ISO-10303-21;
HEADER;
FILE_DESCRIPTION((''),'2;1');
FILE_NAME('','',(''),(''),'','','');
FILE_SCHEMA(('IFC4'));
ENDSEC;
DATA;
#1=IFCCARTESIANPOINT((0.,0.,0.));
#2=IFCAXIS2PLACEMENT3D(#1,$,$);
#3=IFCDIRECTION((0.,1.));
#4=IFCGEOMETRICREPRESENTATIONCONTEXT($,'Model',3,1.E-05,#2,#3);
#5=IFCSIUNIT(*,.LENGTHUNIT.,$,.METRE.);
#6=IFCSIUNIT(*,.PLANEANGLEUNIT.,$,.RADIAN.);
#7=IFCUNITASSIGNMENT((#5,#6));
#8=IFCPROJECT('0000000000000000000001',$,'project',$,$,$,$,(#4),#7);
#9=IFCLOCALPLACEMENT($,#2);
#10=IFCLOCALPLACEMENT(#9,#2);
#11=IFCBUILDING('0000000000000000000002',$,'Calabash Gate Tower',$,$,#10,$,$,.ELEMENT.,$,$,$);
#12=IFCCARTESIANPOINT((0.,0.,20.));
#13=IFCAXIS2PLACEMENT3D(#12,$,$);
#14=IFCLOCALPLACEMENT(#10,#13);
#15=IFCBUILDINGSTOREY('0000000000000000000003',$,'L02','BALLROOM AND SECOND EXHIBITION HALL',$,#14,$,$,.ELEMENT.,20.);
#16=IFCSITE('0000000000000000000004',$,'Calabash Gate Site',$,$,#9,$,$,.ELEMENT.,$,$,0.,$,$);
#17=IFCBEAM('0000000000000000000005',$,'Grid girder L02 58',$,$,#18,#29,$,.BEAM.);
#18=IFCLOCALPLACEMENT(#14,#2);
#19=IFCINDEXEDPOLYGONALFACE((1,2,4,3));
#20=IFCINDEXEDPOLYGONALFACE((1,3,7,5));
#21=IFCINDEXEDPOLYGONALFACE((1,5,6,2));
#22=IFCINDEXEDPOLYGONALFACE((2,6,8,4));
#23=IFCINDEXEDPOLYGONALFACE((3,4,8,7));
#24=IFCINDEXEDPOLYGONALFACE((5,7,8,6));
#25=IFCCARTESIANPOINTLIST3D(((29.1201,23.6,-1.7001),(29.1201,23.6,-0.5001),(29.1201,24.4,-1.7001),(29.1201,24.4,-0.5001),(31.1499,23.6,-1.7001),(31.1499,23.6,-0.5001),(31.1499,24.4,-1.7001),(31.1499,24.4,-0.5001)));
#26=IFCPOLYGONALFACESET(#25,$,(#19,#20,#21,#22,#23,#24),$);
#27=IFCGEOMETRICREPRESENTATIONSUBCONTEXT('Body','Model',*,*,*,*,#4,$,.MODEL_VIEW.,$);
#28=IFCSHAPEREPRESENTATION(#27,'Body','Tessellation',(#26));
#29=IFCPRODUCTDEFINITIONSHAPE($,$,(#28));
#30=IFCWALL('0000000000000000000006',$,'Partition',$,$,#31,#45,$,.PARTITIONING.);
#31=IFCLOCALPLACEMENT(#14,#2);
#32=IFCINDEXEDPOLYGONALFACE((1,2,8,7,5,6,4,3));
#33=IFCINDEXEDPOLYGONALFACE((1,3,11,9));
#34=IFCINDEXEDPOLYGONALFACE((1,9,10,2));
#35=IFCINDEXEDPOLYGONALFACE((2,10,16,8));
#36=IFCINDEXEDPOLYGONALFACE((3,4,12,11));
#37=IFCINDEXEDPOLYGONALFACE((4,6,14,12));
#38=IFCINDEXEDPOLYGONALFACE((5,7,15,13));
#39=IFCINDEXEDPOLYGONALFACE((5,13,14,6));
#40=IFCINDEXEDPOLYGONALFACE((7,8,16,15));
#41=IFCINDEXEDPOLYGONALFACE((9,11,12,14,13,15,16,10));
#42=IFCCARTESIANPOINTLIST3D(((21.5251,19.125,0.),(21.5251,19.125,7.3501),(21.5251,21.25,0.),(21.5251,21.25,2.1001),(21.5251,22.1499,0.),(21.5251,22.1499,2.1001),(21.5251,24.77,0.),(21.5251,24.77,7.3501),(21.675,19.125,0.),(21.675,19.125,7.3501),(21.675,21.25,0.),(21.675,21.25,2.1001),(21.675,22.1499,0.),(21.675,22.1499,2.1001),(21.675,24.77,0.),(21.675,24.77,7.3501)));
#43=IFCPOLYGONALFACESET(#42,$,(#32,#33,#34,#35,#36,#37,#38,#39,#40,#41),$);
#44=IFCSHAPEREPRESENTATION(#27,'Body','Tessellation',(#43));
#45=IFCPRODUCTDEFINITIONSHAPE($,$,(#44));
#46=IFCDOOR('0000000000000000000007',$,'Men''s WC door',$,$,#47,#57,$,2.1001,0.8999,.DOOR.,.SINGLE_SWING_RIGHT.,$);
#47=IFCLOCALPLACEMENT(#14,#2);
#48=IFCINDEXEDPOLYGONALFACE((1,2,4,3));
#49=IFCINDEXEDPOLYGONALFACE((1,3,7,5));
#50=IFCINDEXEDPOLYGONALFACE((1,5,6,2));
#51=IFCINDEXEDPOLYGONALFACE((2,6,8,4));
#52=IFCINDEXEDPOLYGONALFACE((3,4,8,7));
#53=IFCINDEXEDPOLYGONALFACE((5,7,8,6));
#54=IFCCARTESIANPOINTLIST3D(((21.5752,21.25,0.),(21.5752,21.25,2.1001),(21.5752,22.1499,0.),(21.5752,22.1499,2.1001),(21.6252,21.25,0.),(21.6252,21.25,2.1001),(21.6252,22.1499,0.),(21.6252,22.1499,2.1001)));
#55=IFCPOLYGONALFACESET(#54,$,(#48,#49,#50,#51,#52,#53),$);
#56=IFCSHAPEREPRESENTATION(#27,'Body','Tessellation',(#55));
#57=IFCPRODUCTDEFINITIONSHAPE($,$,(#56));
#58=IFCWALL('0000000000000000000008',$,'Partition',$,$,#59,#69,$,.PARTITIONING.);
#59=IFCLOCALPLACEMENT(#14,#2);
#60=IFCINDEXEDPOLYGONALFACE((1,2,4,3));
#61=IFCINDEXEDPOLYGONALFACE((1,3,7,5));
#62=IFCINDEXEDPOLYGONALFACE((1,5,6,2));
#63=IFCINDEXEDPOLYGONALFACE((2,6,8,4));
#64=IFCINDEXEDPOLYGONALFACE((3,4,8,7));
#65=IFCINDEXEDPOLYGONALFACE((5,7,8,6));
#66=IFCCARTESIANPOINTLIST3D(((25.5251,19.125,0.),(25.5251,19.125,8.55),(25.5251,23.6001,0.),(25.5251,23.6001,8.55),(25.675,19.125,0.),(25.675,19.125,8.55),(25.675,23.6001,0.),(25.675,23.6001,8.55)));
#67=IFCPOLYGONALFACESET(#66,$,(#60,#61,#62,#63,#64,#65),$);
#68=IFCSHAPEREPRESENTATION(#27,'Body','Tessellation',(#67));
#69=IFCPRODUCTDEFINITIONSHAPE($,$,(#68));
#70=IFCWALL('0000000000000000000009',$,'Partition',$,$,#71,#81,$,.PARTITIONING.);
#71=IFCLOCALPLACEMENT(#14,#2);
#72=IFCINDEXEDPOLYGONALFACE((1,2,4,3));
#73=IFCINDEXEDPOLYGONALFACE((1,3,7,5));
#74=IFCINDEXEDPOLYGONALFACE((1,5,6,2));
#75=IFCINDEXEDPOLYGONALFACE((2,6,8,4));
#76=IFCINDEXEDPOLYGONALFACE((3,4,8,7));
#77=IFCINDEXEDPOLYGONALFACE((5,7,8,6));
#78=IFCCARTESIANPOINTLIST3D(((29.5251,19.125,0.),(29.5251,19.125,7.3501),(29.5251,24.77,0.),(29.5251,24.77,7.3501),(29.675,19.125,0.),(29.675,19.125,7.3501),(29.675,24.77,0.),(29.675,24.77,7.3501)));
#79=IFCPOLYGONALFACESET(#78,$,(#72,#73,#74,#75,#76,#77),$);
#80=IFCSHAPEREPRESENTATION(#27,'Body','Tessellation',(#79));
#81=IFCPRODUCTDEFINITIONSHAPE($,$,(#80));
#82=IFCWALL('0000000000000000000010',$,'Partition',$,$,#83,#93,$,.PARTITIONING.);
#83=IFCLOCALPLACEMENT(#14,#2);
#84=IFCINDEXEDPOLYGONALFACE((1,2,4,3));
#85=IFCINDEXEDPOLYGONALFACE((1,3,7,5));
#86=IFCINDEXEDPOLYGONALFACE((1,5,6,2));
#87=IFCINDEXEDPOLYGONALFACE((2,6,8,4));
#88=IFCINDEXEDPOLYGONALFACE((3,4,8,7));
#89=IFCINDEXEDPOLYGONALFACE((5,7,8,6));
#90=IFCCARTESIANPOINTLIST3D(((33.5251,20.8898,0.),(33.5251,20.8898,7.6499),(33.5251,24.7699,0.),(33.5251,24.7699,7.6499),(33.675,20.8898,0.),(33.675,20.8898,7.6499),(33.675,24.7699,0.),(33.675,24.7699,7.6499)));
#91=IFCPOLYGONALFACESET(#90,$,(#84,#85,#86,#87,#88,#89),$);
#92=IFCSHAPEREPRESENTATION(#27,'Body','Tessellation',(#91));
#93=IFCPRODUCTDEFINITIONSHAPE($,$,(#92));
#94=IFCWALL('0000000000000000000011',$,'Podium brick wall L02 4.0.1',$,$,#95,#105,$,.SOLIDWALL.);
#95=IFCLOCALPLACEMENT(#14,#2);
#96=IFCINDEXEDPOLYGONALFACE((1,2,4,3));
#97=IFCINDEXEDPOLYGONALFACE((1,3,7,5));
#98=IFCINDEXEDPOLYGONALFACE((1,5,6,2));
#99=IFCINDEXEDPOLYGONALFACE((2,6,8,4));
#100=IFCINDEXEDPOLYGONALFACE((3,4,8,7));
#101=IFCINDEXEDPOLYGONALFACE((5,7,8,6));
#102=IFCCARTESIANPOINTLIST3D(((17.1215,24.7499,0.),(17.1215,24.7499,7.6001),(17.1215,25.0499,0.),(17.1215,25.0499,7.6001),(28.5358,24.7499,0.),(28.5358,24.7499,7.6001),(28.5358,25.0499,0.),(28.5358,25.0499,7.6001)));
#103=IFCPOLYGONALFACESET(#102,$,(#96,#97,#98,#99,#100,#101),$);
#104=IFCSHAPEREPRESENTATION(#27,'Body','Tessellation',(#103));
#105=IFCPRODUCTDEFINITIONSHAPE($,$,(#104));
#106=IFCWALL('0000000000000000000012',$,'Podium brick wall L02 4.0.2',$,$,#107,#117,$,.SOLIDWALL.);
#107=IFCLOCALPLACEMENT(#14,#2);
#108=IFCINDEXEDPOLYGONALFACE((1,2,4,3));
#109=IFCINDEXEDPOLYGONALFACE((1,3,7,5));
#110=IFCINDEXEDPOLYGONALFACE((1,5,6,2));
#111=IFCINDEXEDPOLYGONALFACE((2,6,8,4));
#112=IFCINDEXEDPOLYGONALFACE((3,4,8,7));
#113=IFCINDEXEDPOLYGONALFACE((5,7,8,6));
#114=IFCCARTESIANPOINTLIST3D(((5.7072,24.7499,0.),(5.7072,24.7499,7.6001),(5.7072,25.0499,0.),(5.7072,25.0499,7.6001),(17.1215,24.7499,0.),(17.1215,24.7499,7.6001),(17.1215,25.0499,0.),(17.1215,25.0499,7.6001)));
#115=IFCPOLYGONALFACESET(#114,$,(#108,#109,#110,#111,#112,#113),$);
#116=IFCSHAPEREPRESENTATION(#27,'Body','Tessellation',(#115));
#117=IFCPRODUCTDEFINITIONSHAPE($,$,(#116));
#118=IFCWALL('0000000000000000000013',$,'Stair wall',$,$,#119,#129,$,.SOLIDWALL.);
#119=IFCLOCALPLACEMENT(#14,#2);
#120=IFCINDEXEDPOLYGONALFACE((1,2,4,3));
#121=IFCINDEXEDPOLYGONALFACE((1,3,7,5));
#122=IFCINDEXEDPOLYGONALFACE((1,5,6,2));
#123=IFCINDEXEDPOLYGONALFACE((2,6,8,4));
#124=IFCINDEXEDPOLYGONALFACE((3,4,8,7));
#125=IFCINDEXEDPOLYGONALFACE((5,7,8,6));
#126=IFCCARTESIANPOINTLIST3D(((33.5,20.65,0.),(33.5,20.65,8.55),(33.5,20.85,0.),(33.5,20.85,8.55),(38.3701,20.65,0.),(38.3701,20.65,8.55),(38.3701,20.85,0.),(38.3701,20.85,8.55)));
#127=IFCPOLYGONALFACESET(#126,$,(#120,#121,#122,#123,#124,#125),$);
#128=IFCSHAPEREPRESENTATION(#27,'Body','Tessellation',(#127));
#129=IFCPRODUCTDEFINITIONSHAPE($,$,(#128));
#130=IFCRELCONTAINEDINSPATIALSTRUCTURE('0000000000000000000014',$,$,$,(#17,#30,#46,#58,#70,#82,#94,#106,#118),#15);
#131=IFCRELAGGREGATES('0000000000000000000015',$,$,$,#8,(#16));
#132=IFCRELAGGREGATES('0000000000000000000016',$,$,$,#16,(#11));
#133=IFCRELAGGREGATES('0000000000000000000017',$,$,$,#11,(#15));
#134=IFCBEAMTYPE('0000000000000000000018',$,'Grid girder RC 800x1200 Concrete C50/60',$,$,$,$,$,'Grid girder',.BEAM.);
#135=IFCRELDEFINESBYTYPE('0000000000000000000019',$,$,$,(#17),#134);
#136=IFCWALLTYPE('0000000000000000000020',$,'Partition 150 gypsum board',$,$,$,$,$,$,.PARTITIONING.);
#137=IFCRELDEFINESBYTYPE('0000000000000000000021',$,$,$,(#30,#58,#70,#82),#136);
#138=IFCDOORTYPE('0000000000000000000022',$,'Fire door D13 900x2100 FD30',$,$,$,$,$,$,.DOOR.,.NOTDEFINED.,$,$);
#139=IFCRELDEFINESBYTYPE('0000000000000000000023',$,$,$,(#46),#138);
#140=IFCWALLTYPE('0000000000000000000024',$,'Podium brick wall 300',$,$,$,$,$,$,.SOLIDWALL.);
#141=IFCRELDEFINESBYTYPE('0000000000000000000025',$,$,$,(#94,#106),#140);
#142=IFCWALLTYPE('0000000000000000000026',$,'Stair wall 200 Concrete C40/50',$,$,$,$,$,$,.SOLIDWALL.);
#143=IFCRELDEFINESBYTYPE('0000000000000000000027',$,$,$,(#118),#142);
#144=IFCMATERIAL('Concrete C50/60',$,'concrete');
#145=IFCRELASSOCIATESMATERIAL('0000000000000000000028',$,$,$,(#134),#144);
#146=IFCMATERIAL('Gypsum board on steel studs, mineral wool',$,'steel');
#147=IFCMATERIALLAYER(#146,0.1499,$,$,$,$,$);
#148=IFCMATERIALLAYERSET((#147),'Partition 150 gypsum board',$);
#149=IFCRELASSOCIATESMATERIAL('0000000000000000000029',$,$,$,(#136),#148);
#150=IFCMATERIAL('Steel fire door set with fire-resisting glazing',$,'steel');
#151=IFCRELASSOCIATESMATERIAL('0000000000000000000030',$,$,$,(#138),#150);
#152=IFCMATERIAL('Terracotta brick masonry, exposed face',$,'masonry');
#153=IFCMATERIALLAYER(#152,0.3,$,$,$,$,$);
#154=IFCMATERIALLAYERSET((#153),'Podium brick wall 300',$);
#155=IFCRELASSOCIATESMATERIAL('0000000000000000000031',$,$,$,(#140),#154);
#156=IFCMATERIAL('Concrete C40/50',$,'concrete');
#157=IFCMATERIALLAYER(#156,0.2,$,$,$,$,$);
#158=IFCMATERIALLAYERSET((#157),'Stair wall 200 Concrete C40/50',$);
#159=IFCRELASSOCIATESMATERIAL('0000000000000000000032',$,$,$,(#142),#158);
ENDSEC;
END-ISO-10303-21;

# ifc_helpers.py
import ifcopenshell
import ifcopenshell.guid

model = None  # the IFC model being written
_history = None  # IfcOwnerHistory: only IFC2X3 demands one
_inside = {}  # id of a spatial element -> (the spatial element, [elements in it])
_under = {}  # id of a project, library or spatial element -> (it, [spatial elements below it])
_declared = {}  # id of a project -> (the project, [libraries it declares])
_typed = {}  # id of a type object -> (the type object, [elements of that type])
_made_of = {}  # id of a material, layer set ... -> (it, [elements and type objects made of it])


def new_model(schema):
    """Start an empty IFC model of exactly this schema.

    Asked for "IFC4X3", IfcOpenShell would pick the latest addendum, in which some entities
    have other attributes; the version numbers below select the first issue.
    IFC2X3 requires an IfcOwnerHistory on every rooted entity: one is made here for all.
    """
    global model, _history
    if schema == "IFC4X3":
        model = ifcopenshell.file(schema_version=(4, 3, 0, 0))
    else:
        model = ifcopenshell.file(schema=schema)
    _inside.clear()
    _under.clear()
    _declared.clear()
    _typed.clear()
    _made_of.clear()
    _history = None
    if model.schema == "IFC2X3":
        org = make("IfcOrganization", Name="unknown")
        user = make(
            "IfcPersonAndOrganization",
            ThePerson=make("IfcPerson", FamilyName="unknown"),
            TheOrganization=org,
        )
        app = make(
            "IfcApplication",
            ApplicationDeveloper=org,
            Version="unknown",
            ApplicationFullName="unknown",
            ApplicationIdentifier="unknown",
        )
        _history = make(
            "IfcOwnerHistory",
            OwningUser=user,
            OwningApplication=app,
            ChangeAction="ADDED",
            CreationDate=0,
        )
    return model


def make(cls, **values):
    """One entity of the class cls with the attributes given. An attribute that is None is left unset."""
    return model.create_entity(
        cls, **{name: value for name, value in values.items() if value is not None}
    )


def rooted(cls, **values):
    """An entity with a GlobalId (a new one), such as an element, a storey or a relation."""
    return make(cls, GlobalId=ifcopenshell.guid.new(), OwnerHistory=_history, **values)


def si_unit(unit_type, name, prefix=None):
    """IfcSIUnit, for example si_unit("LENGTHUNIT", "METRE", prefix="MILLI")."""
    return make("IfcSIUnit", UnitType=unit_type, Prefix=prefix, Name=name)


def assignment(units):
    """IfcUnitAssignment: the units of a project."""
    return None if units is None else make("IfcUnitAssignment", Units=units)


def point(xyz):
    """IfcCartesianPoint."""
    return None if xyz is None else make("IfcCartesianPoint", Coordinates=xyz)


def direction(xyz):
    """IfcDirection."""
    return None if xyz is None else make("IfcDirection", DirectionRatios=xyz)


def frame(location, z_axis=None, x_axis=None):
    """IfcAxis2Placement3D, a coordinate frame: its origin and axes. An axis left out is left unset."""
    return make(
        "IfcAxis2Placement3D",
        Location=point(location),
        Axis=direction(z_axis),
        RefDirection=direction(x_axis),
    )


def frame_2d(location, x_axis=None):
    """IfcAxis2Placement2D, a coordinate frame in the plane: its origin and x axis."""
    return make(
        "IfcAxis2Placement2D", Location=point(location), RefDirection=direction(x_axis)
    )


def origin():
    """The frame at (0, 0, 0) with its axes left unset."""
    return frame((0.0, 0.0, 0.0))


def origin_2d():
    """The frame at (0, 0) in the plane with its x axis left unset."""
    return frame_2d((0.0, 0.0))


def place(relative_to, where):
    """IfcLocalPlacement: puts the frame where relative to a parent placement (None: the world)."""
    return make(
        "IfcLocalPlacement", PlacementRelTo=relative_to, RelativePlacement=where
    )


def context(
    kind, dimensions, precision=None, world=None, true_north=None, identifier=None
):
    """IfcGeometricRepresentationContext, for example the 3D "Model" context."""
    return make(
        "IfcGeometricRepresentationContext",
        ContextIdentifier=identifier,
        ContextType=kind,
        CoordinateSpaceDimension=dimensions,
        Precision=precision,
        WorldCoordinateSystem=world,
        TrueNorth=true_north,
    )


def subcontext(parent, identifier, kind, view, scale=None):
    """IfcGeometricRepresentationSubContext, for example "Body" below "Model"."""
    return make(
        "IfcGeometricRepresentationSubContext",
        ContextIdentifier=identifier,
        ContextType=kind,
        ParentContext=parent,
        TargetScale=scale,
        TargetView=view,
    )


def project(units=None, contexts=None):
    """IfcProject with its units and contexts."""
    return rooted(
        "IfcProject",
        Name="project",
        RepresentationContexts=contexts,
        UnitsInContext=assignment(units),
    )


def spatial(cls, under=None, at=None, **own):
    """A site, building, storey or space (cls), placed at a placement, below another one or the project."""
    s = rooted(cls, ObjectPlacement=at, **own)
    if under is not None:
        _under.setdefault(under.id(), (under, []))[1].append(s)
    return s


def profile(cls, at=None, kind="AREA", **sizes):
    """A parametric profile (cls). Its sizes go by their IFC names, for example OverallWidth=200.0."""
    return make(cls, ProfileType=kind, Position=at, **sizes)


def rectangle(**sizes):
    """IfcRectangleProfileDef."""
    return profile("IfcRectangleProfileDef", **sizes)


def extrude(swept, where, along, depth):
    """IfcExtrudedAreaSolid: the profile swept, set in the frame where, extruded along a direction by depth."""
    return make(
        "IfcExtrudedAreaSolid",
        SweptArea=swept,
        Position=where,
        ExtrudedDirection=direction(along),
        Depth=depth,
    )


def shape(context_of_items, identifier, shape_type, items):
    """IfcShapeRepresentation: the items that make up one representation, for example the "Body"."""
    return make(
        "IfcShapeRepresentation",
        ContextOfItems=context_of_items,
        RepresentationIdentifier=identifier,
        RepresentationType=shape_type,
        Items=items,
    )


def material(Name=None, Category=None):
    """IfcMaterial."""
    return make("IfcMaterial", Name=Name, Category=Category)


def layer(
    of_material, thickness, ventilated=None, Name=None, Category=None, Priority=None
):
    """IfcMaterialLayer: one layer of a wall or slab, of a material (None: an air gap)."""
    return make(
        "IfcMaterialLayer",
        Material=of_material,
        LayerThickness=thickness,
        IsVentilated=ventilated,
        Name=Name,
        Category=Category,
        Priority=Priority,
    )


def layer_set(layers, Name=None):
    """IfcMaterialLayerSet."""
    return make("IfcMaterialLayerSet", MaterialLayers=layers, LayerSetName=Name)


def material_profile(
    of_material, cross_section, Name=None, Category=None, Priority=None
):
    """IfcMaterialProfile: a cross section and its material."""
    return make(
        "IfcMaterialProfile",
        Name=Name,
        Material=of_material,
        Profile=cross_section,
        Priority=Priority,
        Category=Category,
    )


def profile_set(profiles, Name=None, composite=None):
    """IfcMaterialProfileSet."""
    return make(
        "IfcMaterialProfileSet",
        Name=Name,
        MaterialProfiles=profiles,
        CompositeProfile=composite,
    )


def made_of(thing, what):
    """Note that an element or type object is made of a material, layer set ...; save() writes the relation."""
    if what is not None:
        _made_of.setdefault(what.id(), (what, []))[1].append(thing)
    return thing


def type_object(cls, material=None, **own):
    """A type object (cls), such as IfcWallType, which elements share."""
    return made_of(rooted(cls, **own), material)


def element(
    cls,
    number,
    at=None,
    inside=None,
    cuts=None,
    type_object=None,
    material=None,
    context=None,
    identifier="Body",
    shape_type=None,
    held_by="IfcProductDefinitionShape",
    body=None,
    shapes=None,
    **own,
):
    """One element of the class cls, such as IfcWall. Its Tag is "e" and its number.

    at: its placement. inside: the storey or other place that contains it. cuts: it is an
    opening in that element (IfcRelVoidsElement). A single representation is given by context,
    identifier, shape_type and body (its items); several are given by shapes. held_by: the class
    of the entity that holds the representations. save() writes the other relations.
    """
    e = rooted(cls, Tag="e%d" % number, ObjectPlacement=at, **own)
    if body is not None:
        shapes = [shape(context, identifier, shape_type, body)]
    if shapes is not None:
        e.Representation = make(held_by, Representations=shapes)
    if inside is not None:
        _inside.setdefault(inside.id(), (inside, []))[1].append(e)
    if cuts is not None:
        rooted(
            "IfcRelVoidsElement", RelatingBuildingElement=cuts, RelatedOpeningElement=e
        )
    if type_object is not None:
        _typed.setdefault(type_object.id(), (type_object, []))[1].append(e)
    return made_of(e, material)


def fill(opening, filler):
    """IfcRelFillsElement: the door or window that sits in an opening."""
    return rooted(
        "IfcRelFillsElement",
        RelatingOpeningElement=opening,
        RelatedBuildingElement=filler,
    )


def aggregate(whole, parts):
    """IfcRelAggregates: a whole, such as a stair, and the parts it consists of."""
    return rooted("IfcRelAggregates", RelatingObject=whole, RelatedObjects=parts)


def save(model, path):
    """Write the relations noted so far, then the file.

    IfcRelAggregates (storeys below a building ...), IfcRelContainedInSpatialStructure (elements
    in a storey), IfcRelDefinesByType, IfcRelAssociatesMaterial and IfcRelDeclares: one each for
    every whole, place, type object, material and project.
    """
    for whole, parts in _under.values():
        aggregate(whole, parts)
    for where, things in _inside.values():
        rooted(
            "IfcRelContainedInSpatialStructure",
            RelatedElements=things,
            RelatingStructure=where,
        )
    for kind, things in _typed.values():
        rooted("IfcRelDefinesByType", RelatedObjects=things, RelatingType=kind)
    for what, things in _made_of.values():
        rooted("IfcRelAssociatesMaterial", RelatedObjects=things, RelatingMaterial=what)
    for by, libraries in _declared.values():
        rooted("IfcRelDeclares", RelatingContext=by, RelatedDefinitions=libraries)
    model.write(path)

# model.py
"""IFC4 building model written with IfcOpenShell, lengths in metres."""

from ifc_helpers import new_model, si_unit, direction, frame, frame_2d, origin, origin_2d, place, context, subcontext, project, spatial, rectangle, extrude, material, layer, layer_set, material_profile, profile_set, type_object, element, fill, save


model = new_model("IFC4")

# Units and contexts
model_context = context("Model", 3, precision=1e-05, world=origin(), true_north=direction((0.0, 1.0)))
body_context = subcontext(model_context, "Body", "Model", "MODEL_VIEW")
ifc_project = project(units=[si_unit("LENGTHUNIT", "METRE"), si_unit("PLANEANGLEUNIT", "RADIAN")], contexts=[model_context])

# Site, building, storey
site_placement = place(None, origin())
site = spatial("IfcSite", under=ifc_project, at=site_placement, Name="Calabash Gate Site", CompositionType="ELEMENT", RefElevation=0.0)
building_placement = place(site_placement, origin())
building = spatial("IfcBuilding", under=site, at=building_placement, Name="Calabash Gate Tower", CompositionType="ELEMENT")
storey_placement = place(building_placement, frame((0.0, 0.0, 20.0)))
storey = spatial("IfcBuildingStorey", under=building, at=storey_placement, Name="L02", Description="BALLROOM AND SECOND EXHIBITION HALL", CompositionType="ELEMENT", Elevation=20.0)

# Beam
ifc_material_1 = material(Name="Concrete C50/60", Category="concrete")
ifc_material_profile_1 = material_profile(ifc_material_1, rectangle(XDim=0.8, YDim=1.2, at=origin_2d()))
ifc_profile_set_1 = profile_set([ifc_material_profile_1], Name="Concrete C50/60")
beam_type_1 = type_object("IfcBeamType", Name="Grid girder RC 800x1200 Concrete C50/60", ElementType="Grid girder", PredefinedType="BEAM", material=ifc_profile_set_1)
beam_1_placement = place(storey_placement, frame((29.1201, 24.0, -1.1001), z_axis=(1.0, 0.0, 0.0), x_axis=(0.0, 1.0, 0.0)))
element("IfcBeam", 1, at=beam_1_placement, inside=storey, type_object=beam_type_1, Name="Grid girder L02 58", PredefinedType="BEAM", context=body_context, shape_type="SweptSolid", body=[
    extrude(rectangle(XDim=0.8, YDim=1.2, at=origin_2d()), origin(), (0.0, 0.0, 1.0), 2.0298),
])

# Wall, opening, door
ifc_material_2 = material(Name="Gypsum board on steel studs, mineral wool", Category="steel")
ifc_layer_1 = layer(ifc_material_2, 0.1499)
ifc_layer_set_1 = layer_set([ifc_layer_1], Name="Partition 150 gypsum board")
wall_type_1 = type_object("IfcWallType", Name="Partition 150 gypsum board", PredefinedType="PARTITIONING", material=ifc_layer_set_1)
wall_1_placement = place(storey_placement, frame((21.6001, 19.125, 0.0), z_axis=(0.0, 0.0, 1.0), x_axis=(0.0, 1.0, 0.0)))
wall_1 = element("IfcWall", 2, at=wall_1_placement, inside=storey, type_object=wall_type_1, Name="Partition", PredefinedType="PARTITIONING", context=body_context, shape_type="SweptSolid", body=[
    extrude(rectangle(XDim=5.645, YDim=0.1499, at=frame_2d((2.8225, 0.0))), origin(), (0.0, 0.0, 1.0), 7.3501),
])
opening_placement = place(wall_1_placement, frame((2.125, 0.0, 0.0)))
opening = element("IfcOpeningElement", 3, at=opening_placement, cuts=wall_1, PredefinedType="OPENING", context=body_context, shape_type="SweptSolid", body=[
    extrude(rectangle(XDim=0.8999, YDim=2.1001, at=frame_2d((0.45, 1.05))), frame((0.0, 0.085, 0.0), z_axis=(0.0, -1.0, 0.0), x_axis=(1.0, 0.0, 0.0)), (0.0, 0.0, 1.0), 0.1699),
])
ifc_material_3 = material(Name="Steel fire door set with fire-resisting glazing", Category="steel")
door_type = type_object("IfcDoorType", Name="Fire door D13 900x2100 FD30", OperationType="NOTDEFINED", PredefinedType="DOOR", material=ifc_material_3)
door_placement = place(opening_placement, origin())
door = element("IfcDoor", 4, at=door_placement, inside=storey, type_object=door_type, Name="Men's WC door", OperationType="SINGLE_SWING_RIGHT", OverallHeight=2.1001, OverallWidth=0.8999, PredefinedType="DOOR", context=body_context, shape_type="SweptSolid", body=[
    extrude(rectangle(XDim=0.8999, YDim=2.1001, at=frame_2d((0.45, 1.05))), frame((0.0, 0.0249, 0.0), z_axis=(0.0, -1.0, 0.0), x_axis=(1.0, 0.0, 0.0)), (0.0, 0.0, 1.0), 0.05),
])
fill(opening, door)

# Walls
wall_2_placement = place(storey_placement, frame((25.6001, 19.125, 0.0), z_axis=(0.0, 0.0, 1.0), x_axis=(0.0, 1.0, 0.0)))
element("IfcWall", 5, at=wall_2_placement, inside=storey, type_object=wall_type_1, Name="Partition", PredefinedType="PARTITIONING", context=body_context, shape_type="SweptSolid", body=[
    extrude(rectangle(XDim=4.4751, YDim=0.1499, at=frame_2d((2.2375, 0.0))), origin(), (0.0, 0.0, 1.0), 8.55),
])
wall_3_placement = place(storey_placement, frame((29.6001, 19.125, 0.0), z_axis=(0.0, 0.0, 1.0), x_axis=(0.0, 1.0, 0.0)))
element("IfcWall", 6, at=wall_3_placement, inside=storey, type_object=wall_type_1, Name="Partition", PredefinedType="PARTITIONING", context=body_context, shape_type="SweptSolid", body=[
    extrude(rectangle(XDim=5.645, YDim=0.1499, at=frame_2d((2.8225, 0.0))), origin(), (0.0, 0.0, 1.0), 7.3501),
])
wall_4_placement = place(storey_placement, frame((33.6001, 20.8899, 0.0), z_axis=(0.0, 0.0, 1.0), x_axis=(0.0, 1.0, 0.0)))
element("IfcWall", 7, at=wall_4_placement, inside=storey, type_object=wall_type_1, Name="Partition", PredefinedType="PARTITIONING", context=body_context, shape_type="SweptSolid", body=[
    extrude(rectangle(XDim=3.8801, YDim=0.1499, at=frame_2d((1.9399, 0.0))), origin(), (0.0, 0.0, 1.0), 7.6499),
])
ifc_material_4 = material(Name="Terracotta brick masonry, exposed face", Category="masonry")
ifc_layer_2 = layer(ifc_material_4, 0.3)
ifc_layer_set_2 = layer_set([ifc_layer_2], Name="Podium brick wall 300")
wall_type_2 = type_object("IfcWallType", Name="Podium brick wall 300", PredefinedType="SOLIDWALL", material=ifc_layer_set_2)
for number, where, z_axis, x_axis, name in (
    (8, (28.5356, 24.8999, 0.0), (0.0, 0.0, 1.0), (-1.0, 0.0, 0.0), "Podium brick wall L02 4.0.1"),
    (9, (17.1213, 24.8999, 0.0), (0.0, 0.0, 1.0), (-1.0, 0.0, 0.0), "Podium brick wall L02 4.0.2"),
):
    element("IfcWall", number, at=place(storey_placement, frame(where, z_axis=z_axis, x_axis=x_axis)), inside=storey, type_object=wall_type_2, Name=name, PredefinedType="SOLIDWALL", context=body_context, shape_type="SweptSolid", body=[
        extrude(rectangle(XDim=11.4143, YDim=0.3, at=frame_2d((5.707, 0.0))), origin(), (0.0, 0.0, 1.0), 7.6001),
    ])
ifc_material_5 = material(Name="Concrete C40/50", Category="concrete")
ifc_layer_3 = layer(ifc_material_5, 0.2)
ifc_layer_set_3 = layer_set([ifc_layer_3], Name="Stair wall 200 Concrete C40/50")
wall_type_3 = type_object("IfcWallType", Name="Stair wall 200 Concrete C40/50", PredefinedType="SOLIDWALL", material=ifc_layer_set_3)
wall_5_placement = place(storey_placement, frame((33.5, 20.75, 0.0), z_axis=(0.0, 0.0, 1.0), x_axis=(1.0, 0.0, 0.0)))
element("IfcWall", 10, at=wall_5_placement, inside=storey, type_object=wall_type_3, Name="Stair wall", PredefinedType="SOLIDWALL", context=body_context, shape_type="SweptSolid", body=[
    extrude(rectangle(XDim=4.8701, YDim=0.2, at=frame_2d((2.4351, 0.0))), origin(), (0.0, 0.0, 1.0), 8.55),
])

save(model, "model.ifc")
